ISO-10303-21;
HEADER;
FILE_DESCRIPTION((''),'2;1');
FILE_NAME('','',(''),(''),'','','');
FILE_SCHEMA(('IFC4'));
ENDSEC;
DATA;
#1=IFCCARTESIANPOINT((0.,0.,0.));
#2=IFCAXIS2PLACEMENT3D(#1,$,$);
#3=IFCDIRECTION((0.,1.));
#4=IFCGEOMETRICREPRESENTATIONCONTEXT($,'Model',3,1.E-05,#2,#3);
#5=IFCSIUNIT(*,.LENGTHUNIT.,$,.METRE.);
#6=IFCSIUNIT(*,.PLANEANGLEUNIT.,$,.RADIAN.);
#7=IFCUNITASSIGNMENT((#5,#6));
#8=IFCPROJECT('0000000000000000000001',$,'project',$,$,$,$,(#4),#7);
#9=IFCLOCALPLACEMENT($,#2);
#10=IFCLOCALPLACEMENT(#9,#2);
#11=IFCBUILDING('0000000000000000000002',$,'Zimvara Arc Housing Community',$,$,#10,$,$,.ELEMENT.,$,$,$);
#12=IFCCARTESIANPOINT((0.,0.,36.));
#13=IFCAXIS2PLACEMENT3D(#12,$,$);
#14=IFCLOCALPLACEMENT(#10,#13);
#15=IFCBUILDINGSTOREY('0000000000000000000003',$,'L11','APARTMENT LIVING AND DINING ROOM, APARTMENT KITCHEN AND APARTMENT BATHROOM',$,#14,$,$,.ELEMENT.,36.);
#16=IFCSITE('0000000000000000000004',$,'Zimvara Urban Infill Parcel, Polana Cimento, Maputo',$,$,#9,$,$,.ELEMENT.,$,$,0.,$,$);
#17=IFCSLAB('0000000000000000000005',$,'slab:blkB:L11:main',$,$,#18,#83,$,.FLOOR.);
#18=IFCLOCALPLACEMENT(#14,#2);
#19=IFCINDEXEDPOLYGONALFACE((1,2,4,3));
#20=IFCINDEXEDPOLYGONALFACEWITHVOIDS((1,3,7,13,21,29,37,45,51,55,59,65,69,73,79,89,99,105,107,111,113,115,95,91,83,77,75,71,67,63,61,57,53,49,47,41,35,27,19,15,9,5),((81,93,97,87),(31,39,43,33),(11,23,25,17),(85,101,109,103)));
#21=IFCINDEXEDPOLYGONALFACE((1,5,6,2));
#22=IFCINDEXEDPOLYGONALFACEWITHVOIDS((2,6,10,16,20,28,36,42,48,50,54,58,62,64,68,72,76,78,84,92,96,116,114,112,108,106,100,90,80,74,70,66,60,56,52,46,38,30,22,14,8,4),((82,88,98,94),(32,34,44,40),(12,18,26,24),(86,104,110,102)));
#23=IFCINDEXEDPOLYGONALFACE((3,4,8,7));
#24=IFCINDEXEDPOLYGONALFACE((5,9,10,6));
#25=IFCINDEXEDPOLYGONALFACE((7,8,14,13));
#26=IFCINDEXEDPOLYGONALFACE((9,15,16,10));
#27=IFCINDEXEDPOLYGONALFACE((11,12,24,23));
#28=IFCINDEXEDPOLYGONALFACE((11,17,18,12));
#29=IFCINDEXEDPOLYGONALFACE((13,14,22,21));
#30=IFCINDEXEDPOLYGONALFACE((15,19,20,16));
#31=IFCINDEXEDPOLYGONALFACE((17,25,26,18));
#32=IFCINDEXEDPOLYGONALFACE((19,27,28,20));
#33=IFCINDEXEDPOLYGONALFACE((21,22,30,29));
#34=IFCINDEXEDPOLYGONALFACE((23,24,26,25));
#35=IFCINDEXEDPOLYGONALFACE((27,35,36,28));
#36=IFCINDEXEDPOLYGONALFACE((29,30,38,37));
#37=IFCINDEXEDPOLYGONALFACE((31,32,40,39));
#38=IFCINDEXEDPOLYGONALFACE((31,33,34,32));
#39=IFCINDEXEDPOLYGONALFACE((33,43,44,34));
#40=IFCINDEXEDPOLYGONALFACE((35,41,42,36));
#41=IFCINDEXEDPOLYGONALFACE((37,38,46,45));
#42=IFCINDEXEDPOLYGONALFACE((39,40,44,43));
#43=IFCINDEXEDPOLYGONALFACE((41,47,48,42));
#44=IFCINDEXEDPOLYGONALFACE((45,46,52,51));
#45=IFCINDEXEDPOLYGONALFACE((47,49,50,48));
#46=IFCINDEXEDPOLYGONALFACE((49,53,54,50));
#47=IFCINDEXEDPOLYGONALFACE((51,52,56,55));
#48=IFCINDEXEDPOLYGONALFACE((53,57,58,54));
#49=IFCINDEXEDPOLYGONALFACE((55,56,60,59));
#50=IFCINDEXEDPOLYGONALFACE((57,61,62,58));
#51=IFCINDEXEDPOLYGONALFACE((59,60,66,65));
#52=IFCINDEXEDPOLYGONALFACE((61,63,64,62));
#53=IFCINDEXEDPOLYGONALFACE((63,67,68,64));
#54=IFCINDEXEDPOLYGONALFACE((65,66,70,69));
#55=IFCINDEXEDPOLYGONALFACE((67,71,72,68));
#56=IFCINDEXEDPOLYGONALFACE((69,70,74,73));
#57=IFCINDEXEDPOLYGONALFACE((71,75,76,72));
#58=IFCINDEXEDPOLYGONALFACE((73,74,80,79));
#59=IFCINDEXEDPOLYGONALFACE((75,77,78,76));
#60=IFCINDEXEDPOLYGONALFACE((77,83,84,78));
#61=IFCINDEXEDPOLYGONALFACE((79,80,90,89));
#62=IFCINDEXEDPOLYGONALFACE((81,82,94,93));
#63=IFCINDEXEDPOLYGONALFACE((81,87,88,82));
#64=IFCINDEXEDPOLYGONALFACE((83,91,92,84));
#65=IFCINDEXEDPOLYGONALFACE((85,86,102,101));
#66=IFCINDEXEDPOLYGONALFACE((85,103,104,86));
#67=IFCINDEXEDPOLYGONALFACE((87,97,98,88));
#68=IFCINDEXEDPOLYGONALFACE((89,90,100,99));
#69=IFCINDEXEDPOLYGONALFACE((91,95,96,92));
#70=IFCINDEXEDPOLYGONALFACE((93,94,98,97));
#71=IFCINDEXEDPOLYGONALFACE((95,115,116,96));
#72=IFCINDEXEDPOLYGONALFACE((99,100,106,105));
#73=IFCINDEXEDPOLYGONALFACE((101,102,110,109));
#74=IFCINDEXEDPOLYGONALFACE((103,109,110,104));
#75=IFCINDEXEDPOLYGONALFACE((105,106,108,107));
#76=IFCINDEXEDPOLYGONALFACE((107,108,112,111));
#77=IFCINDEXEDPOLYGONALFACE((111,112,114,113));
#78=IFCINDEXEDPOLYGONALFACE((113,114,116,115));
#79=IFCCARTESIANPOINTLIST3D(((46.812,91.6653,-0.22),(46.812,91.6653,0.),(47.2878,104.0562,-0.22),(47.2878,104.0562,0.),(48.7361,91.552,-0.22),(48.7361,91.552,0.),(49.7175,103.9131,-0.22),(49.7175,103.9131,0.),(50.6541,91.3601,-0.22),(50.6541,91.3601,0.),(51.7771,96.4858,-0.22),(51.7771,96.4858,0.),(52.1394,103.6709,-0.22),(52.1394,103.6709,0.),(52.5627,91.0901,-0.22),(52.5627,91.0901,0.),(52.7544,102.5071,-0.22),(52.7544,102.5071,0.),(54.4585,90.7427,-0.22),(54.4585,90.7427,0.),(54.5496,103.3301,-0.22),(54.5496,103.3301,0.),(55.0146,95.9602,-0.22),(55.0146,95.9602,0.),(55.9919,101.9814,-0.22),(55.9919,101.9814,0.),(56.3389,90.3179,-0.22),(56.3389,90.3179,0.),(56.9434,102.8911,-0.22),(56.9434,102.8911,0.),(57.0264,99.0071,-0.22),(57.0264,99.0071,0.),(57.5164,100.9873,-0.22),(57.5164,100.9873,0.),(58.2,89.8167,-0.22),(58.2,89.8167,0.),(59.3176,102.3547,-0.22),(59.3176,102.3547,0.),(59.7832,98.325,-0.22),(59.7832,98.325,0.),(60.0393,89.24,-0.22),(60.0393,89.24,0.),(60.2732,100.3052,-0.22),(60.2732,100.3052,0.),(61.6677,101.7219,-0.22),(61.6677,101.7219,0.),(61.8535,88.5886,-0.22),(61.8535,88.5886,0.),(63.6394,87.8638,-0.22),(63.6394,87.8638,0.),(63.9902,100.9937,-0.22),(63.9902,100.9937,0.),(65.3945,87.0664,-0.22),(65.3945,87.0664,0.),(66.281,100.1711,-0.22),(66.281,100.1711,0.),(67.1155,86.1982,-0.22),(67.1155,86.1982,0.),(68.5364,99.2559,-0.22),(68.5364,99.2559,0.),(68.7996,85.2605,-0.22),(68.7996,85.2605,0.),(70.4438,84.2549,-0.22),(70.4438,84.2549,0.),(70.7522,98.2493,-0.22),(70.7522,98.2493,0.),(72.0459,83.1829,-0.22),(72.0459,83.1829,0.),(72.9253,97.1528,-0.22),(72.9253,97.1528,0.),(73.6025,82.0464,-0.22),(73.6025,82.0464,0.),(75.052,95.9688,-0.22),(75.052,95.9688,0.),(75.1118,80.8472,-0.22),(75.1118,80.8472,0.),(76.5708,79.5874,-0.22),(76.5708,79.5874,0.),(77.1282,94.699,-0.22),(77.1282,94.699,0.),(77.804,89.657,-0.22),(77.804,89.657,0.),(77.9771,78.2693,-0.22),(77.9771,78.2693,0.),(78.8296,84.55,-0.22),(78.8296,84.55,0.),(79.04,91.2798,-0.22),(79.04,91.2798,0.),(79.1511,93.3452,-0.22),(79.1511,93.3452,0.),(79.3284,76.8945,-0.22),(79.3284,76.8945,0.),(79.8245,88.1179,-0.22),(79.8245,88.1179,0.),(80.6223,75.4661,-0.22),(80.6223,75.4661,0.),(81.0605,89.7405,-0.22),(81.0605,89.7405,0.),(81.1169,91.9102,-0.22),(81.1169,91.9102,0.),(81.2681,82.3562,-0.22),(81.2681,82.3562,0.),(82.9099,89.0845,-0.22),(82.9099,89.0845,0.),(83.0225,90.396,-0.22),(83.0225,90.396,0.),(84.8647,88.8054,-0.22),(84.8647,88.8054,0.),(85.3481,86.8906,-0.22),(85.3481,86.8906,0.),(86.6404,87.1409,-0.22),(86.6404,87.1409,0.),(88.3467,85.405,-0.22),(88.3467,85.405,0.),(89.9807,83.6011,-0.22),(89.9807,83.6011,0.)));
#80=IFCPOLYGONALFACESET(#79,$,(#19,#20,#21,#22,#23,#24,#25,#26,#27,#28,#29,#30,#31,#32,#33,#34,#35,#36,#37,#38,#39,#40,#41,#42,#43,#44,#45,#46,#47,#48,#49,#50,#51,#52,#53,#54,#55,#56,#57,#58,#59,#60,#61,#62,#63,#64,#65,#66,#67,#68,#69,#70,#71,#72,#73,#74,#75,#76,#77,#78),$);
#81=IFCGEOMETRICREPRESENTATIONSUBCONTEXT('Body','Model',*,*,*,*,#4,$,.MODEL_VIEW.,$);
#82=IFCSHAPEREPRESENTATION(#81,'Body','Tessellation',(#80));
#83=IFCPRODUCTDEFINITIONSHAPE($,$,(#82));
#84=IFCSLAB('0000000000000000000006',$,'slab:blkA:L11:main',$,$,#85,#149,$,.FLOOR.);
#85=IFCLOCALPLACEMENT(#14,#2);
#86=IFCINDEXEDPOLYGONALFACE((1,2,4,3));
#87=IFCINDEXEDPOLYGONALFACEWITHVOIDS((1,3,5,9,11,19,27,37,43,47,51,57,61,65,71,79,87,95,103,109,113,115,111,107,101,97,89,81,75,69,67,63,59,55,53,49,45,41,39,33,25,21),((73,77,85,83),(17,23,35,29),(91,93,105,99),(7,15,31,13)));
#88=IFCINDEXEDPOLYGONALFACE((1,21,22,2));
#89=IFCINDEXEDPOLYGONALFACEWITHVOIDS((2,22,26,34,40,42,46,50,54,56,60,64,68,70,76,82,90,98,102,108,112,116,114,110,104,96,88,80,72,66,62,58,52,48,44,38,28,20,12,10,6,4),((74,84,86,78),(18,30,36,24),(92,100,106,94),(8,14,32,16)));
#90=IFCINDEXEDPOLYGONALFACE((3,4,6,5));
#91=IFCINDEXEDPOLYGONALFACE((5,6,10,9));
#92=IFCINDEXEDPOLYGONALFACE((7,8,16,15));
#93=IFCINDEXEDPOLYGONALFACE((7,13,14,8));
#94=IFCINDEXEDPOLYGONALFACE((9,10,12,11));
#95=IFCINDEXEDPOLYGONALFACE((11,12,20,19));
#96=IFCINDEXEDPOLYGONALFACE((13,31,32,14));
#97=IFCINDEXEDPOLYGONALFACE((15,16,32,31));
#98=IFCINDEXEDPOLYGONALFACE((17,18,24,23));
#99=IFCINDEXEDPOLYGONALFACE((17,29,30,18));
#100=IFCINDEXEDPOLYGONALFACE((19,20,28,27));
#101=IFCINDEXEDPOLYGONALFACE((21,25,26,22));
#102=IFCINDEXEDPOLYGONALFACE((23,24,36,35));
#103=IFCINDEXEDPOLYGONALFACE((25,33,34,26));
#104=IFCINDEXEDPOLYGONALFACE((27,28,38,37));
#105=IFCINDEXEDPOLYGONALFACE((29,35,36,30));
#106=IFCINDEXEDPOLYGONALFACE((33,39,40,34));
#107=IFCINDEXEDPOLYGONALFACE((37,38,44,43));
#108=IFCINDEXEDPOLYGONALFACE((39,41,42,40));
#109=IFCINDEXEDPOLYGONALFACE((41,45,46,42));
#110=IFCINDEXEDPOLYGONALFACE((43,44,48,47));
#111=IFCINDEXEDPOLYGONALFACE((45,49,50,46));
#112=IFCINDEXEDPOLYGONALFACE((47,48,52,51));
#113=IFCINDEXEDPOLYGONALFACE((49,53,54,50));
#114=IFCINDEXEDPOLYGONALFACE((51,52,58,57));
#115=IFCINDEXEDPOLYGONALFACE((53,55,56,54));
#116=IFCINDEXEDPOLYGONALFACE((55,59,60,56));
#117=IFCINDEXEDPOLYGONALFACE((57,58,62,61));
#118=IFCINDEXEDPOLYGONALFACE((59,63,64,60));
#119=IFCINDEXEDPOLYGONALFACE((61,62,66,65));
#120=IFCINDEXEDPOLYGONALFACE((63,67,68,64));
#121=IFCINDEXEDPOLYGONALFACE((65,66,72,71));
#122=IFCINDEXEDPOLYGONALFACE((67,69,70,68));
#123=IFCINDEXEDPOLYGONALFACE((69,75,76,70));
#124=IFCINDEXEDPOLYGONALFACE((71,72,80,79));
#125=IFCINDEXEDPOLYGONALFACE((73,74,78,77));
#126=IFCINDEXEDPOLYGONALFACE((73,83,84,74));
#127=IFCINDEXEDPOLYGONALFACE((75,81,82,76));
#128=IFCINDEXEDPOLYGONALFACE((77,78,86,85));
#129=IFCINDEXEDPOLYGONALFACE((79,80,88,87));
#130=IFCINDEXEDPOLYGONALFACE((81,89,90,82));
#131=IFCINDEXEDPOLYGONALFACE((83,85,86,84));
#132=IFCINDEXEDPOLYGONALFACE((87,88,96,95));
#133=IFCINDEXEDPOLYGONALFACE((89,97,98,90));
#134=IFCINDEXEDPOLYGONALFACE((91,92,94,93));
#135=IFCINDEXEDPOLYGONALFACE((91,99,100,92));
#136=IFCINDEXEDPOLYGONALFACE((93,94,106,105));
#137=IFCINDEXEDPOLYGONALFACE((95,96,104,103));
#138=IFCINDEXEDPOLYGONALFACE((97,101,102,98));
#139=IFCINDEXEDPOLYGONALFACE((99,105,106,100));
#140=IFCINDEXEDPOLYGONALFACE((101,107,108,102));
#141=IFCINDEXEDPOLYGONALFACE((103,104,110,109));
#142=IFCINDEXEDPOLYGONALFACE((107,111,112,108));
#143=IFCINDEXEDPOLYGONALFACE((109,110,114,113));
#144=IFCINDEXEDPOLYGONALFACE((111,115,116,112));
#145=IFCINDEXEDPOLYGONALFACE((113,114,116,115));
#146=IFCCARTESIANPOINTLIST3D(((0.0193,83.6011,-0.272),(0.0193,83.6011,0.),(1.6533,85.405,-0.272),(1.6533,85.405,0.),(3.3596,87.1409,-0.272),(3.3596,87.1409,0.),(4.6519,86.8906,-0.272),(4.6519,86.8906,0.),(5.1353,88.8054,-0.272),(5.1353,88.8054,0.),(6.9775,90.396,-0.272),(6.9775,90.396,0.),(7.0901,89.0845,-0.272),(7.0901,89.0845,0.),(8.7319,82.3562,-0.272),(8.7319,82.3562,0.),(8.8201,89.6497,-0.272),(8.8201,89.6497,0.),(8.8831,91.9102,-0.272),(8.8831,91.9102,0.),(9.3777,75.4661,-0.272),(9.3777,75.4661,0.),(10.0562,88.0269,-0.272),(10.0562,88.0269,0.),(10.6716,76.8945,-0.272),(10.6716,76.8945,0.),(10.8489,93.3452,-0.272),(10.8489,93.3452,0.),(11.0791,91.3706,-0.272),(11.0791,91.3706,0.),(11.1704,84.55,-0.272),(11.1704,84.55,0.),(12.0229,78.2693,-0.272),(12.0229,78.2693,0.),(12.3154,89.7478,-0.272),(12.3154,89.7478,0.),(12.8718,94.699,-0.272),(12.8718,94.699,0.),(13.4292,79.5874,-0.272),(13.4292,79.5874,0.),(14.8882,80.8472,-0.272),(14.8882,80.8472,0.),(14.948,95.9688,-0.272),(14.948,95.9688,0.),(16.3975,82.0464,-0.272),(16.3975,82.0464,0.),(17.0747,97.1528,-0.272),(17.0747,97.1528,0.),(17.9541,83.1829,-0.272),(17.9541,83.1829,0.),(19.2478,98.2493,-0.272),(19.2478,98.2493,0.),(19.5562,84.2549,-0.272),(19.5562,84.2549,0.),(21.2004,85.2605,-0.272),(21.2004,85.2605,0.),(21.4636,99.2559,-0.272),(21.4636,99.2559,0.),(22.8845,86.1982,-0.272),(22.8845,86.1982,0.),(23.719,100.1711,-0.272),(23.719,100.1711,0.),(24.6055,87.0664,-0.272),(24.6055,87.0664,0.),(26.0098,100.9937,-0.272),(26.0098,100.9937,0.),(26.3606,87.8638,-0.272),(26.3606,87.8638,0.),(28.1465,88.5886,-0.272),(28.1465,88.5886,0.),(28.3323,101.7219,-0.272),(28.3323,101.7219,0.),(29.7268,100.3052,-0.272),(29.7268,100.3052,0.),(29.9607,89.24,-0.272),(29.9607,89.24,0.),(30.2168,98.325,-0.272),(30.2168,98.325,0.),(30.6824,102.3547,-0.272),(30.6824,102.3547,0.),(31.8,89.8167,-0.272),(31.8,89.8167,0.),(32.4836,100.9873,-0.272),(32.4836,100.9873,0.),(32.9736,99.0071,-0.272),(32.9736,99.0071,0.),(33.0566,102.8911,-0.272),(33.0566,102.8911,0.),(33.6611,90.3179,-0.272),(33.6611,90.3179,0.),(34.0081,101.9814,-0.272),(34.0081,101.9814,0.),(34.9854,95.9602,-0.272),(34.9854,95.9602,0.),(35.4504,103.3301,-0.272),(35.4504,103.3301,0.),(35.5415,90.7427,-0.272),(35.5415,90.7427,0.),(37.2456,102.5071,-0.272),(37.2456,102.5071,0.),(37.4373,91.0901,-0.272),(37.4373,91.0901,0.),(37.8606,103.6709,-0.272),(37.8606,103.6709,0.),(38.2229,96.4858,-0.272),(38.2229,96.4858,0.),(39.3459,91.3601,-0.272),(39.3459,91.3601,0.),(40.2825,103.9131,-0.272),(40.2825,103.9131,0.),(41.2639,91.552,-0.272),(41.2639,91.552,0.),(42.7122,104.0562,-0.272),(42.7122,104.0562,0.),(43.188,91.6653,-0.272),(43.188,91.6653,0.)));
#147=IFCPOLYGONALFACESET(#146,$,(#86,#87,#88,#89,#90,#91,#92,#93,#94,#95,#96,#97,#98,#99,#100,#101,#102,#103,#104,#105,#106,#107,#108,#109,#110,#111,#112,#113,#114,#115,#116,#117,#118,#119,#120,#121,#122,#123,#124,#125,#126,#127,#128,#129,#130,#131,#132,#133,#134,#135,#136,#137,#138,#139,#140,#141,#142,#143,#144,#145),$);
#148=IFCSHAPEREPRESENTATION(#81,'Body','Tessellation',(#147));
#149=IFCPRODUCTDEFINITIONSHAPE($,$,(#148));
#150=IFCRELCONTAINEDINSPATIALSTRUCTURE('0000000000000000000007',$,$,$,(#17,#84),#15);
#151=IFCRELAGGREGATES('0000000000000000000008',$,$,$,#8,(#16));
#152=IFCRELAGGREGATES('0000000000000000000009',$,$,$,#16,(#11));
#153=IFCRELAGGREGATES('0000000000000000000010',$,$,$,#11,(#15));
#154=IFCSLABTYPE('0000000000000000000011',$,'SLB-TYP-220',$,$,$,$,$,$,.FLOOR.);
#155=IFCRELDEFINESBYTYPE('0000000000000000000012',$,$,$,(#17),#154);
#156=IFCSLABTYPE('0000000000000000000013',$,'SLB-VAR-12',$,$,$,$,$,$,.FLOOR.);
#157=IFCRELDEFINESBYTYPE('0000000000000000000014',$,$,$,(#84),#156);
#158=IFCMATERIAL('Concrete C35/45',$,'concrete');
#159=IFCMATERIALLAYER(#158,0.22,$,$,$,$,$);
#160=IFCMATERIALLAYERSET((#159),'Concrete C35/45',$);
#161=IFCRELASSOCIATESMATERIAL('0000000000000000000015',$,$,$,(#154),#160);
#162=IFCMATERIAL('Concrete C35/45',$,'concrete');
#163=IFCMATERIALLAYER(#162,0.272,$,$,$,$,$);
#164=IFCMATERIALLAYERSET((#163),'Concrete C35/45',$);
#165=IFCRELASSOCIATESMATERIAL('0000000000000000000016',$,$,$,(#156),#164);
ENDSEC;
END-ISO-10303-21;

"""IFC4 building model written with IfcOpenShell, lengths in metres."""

from ifc_helpers import new_model, si_unit, direction, frame, origin, place, context, subcontext, project, spatial, polyline, outline, extrude, material, layer, layer_set, type_object, element, save


model = new_model("IFC4")

# Units and contexts
model_context = context("Model", 3, precision=1e-05, world=origin(), true_north=direction((0.0, 1.0)))
body_context = subcontext(model_context, "Body", "Model", "MODEL_VIEW")
ifc_project = project(units=[si_unit("LENGTHUNIT", "METRE"), si_unit("PLANEANGLEUNIT", "RADIAN")], contexts=[model_context])

# Site, building, storey
site_placement = place(None, origin())
site = spatial("IfcSite", under=ifc_project, at=site_placement, Name="Zimvara Urban Infill Parcel, Polana Cimento, Maputo", CompositionType="ELEMENT", RefElevation=0.0)
building_placement = place(site_placement, origin())
building = spatial("IfcBuilding", under=site, at=building_placement, Name="Zimvara Arc Housing Community", CompositionType="ELEMENT")
storey_placement = place(building_placement, frame((0.0, 0.0, 36.0)))
storey = spatial("IfcBuildingStorey", under=building, at=storey_placement, Name="L11", Description="APARTMENT LIVING AND DINING ROOM, APARTMENT KITCHEN AND APARTMENT BATHROOM", CompositionType="ELEMENT", Elevation=36.0)

# Slabs
ifc_material_1 = material(Name="Concrete C35/45", Category="concrete")
ifc_layer_1 = layer(ifc_material_1, 0.22)
ifc_layer_set_1 = layer_set([ifc_layer_1], Name="Concrete C35/45")
slab_type_1 = type_object("IfcSlabType", Name="SLB-TYP-220", PredefinedType="FLOOR", material=ifc_layer_set_1)
slab_1_placement = place(storey_placement, frame((0.0, 0.0, -0.22)))
element("IfcSlab", 1, at=slab_1_placement, inside=storey, type_object=slab_type_1, Name="slab:blkB:L11:main", PredefinedType="FLOOR", context=body_context, shape_type="SweptSolid", body=[
    extrude(outline(polyline([(46.812, 91.6653), (48.7361, 91.552), (50.6541, 91.3601), (52.5627, 91.0901), (54.4585, 90.7427), (56.3389, 90.3179), (58.2, 89.8167), (60.0393, 89.24), (61.8535, 88.5886), (63.6394, 87.8638), (65.3945, 87.0664), (67.1155, 86.1982), (68.7996, 85.2605), (70.4438, 84.2549), (72.0459, 83.1829), (73.6025, 82.0464), (75.1118, 80.8472), (76.5708, 79.5874), (77.9771, 78.2693), (79.3284, 76.8945), (80.6223, 75.4661), (89.9807, 83.6011), (88.3467, 85.405), (86.6404, 87.1409), (84.8647, 88.8054), (83.0225, 90.396), (81.1169, 91.9102), (79.1511, 93.3452), (77.1282, 94.699), (75.052, 95.9688), (72.9253, 97.1528), (70.7522, 98.2493), (68.5364, 99.2559), (66.281, 100.1711), (63.9902, 100.9937), (61.6677, 101.7219), (59.3176, 102.3547), (56.9434, 102.8911), (54.5496, 103.3301), (52.1394, 103.6709), (49.7175, 103.9131), (47.2878, 104.0562), (46.812, 91.6653)]), holes=[polyline([(51.7771, 96.4858), (52.7544, 102.5071), (55.9919, 101.9814), (55.0146, 95.9602), (51.7771, 96.4858)]), polyline([(78.8296, 84.55), (82.9099, 89.0845), (85.3481, 86.8906), (81.2681, 82.3562), (78.8296, 84.55)]), polyline([(57.0264, 99.0071), (57.5164, 100.9873), (60.2732, 100.3052), (59.7832, 98.325), (57.0264, 99.0071)]), polyline([(77.804, 89.657), (79.04, 91.2798), (81.0605, 89.7405), (79.8245, 88.1179), (77.804, 89.657)])]), origin(), (0.0, 0.0, 1.0), 0.22),
])
ifc_material_2 = material(Name="Concrete C35/45", Category="concrete")
ifc_layer_2 = layer(ifc_material_2, 0.272)
ifc_layer_set_2 = layer_set([ifc_layer_2], Name="Concrete C35/45")
slab_type_2 = type_object("IfcSlabType", Name="SLB-VAR-12", PredefinedType="FLOOR", material=ifc_layer_set_2)
slab_2_placement = place(storey_placement, frame((0.0, 0.0, -0.272)))
element("IfcSlab", 2, at=slab_2_placement, inside=storey, type_object=slab_type_2, Name="slab:blkA:L11:main", PredefinedType="FLOOR", context=body_context, shape_type="SweptSolid", body=[
    extrude(outline(polyline([(9.3777, 75.4661), (10.6716, 76.8945), (12.0229, 78.2693), (13.4292, 79.5874), (14.8882, 80.8472), (16.3975, 82.0464), (17.9541, 83.1829), (19.5562, 84.2549), (21.2004, 85.2605), (22.8845, 86.1982), (24.6055, 87.0664), (26.3606, 87.8638), (28.1465, 88.5886), (29.9607, 89.24), (31.8, 89.8167), (33.6611, 90.3179), (35.5415, 90.7427), (37.4373, 91.0901), (39.3459, 91.3601), (41.2639, 91.552), (43.188, 91.6653), (42.7122, 104.0562), (40.2825, 103.9131), (37.8606, 103.6709), (35.4504, 103.3301), (33.0566, 102.8911), (30.6824, 102.3547), (28.3323, 101.7219), (26.0098, 100.9937), (23.719, 100.1711), (21.4636, 99.2559), (19.2478, 98.2493), (17.0747, 97.1528), (14.948, 95.9688), (12.8718, 94.699), (10.8489, 93.3452), (8.8831, 91.9102), (6.9775, 90.396), (5.1353, 88.8054), (3.3596, 87.1409), (1.6533, 85.405), (0.0193, 83.6011), (9.3777, 75.4661)]), holes=[polyline([(8.7319, 82.3562), (4.6519, 86.8906), (7.0901, 89.0845), (11.1704, 84.55), (8.7319, 82.3562)]), polyline([(34.9854, 95.9602), (34.0081, 101.9814), (37.2456, 102.5071), (38.2229, 96.4858), (34.9854, 95.9602)]), polyline([(10.0562, 88.0269), (8.8201, 89.6497), (11.0791, 91.3706), (12.3154, 89.7478), (10.0562, 88.0269)]), polyline([(30.2168, 98.325), (29.7268, 100.3052), (32.4836, 100.9873), (32.9736, 99.0071), (30.2168, 98.325)])]), origin(), (0.0, 0.0, 1.0), 0.272),
])

save(model, "model.ifc")
